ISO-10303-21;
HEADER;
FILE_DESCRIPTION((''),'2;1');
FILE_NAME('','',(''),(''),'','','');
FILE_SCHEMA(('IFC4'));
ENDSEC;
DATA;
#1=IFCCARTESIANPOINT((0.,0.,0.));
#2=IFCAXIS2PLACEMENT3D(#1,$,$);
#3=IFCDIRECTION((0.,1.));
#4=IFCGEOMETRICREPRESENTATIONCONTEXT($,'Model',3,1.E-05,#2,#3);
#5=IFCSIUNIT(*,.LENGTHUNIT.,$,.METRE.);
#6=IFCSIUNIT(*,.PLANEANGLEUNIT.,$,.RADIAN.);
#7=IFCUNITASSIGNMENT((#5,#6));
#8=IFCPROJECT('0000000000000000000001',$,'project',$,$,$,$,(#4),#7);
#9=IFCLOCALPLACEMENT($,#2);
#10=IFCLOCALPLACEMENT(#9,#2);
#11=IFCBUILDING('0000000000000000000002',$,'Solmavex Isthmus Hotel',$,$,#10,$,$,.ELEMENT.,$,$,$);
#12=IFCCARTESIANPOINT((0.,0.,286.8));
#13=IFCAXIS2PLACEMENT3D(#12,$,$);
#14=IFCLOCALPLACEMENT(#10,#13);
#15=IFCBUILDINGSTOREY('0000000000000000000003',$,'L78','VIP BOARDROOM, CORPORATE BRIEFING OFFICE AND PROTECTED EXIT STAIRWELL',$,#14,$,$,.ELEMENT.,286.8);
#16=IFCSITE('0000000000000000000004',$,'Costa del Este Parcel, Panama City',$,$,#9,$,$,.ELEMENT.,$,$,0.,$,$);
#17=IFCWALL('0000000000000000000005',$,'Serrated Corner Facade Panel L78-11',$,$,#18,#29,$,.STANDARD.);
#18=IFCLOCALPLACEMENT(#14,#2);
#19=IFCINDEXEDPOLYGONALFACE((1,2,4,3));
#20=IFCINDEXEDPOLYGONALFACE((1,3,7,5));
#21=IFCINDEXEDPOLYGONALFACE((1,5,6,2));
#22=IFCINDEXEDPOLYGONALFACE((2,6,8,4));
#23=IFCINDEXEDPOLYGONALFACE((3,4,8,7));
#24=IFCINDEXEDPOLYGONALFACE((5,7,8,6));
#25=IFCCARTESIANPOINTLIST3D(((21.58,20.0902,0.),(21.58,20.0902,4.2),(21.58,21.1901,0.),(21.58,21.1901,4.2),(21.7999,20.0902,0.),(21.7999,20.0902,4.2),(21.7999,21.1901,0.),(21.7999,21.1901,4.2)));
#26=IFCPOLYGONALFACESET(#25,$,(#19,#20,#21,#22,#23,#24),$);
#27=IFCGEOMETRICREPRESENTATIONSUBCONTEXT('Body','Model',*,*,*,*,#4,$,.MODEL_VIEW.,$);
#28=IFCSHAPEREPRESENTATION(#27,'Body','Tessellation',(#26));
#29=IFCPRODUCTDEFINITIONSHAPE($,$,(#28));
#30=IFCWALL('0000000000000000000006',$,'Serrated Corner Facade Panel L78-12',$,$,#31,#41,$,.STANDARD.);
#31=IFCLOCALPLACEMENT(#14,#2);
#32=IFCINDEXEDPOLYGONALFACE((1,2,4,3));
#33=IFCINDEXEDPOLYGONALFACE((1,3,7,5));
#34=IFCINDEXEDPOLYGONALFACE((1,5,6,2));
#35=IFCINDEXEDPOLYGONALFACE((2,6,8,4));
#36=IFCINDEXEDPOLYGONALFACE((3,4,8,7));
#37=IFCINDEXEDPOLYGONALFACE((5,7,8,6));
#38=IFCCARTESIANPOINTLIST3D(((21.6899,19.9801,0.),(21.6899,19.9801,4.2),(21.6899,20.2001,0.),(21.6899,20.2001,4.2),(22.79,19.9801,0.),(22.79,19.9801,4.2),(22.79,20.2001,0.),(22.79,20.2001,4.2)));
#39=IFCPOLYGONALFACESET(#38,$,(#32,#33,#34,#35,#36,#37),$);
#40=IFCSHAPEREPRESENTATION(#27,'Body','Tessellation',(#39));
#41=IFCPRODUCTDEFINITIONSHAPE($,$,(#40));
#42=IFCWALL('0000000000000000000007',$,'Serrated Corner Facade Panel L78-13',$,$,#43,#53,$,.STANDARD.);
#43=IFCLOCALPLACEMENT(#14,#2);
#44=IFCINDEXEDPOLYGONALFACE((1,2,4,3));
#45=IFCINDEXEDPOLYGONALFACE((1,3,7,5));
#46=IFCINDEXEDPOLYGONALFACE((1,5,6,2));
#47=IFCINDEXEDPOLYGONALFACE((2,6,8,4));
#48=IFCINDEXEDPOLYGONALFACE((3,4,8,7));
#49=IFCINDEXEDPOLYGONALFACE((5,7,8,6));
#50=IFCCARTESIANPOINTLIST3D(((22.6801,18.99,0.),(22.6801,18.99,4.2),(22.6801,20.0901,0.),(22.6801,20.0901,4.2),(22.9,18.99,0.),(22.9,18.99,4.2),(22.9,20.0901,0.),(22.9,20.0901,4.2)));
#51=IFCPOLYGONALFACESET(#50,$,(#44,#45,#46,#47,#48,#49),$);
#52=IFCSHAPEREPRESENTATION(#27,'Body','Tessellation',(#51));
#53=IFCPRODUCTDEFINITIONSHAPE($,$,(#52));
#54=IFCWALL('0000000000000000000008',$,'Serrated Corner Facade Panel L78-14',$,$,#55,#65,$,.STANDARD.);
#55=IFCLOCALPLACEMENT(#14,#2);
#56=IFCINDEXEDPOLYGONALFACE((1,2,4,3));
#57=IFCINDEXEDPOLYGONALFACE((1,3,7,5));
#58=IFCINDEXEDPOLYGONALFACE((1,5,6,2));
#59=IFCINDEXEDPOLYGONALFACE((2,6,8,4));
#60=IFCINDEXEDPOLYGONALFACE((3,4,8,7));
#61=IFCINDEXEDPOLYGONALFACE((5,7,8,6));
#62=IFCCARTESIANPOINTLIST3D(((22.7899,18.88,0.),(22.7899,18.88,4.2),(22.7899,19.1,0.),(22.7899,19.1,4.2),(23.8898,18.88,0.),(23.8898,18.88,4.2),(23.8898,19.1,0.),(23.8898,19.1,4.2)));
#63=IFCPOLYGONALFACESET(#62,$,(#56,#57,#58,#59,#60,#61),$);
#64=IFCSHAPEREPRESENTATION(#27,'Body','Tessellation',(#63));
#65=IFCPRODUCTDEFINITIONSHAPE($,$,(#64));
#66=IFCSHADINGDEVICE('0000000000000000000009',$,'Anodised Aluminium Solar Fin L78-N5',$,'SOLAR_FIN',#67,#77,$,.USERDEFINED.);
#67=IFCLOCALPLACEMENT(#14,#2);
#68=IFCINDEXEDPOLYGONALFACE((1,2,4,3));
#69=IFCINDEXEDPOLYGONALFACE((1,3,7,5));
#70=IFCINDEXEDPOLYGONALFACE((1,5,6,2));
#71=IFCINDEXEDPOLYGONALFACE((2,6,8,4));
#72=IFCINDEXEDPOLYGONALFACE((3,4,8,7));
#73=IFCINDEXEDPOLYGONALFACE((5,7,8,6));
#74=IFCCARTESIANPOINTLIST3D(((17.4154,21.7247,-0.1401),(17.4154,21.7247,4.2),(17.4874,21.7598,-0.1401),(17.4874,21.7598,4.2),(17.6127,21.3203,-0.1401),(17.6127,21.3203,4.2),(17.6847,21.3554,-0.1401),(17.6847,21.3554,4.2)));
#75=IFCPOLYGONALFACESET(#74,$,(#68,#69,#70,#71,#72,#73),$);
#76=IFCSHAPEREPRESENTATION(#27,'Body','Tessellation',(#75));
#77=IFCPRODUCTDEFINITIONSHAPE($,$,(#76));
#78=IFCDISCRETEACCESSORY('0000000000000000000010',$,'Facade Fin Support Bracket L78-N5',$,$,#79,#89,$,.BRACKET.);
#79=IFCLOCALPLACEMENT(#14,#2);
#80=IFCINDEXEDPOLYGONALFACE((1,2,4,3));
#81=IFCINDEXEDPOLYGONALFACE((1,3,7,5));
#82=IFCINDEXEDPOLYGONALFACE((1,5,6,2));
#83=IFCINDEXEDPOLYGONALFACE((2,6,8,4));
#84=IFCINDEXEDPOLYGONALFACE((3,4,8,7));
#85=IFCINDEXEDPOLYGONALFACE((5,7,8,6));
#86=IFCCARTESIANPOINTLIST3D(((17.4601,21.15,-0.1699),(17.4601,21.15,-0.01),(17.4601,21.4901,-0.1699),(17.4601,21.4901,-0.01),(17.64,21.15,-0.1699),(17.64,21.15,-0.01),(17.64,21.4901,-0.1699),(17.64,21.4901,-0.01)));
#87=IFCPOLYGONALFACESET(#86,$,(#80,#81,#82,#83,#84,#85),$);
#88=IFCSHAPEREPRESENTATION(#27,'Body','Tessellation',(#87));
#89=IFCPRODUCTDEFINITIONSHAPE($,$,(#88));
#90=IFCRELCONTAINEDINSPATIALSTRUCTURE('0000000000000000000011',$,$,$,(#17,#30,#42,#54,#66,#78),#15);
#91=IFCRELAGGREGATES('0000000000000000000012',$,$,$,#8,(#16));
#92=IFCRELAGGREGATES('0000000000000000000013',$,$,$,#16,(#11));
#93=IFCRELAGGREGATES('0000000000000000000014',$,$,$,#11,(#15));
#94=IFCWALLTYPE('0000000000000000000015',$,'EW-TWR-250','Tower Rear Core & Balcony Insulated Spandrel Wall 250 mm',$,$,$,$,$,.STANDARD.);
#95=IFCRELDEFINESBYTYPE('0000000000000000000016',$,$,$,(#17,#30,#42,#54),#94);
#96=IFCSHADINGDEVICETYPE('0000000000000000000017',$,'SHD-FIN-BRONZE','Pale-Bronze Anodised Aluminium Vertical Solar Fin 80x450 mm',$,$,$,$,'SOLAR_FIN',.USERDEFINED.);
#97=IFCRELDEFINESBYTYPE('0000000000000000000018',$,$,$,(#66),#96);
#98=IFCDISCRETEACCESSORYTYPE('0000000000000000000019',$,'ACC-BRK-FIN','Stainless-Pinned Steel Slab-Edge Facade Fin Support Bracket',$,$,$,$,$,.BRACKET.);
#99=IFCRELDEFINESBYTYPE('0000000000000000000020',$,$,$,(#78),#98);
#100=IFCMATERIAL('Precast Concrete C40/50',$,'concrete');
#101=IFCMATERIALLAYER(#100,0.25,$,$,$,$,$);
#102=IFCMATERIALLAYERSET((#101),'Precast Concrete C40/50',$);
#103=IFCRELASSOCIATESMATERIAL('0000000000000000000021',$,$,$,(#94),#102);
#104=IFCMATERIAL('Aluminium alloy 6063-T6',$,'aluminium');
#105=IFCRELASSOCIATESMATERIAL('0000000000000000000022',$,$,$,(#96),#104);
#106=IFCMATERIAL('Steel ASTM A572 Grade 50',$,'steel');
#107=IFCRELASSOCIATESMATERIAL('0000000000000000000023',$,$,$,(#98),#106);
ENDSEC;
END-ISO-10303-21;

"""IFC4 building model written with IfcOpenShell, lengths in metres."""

from ifc_helpers import new_model, si_unit, direction, frame, frame_2d, origin, origin_2d, place, context, subcontext, project, spatial, rectangle, extrude, material, layer, layer_set, type_object, element, save


model = new_model("IFC4")

# Units and contexts
model_context = context("Model", 3, precision=1e-05, world=origin(), true_north=direction((0.0, 1.0)))
body_context = subcontext(model_context, "Body", "Model", "MODEL_VIEW")
ifc_project = project(units=[si_unit("LENGTHUNIT", "METRE"), si_unit("PLANEANGLEUNIT", "RADIAN")], contexts=[model_context])

# Site, building, storey
site_placement = place(None, origin())
site = spatial("IfcSite", under=ifc_project, at=site_placement, Name="Costa del Este Parcel, Panama City", CompositionType="ELEMENT", RefElevation=0.0)
building_placement = place(site_placement, origin())
building = spatial("IfcBuilding", under=site, at=building_placement, Name="Solmavex Isthmus Hotel", CompositionType="ELEMENT")
storey_placement = place(building_placement, frame((0.0, 0.0, 286.8)))
storey = spatial("IfcBuildingStorey", under=building, at=storey_placement, Name="L78", Description="VIP BOARDROOM, CORPORATE BRIEFING OFFICE AND PROTECTED EXIT STAIRWELL", CompositionType="ELEMENT", Elevation=286.8)

# Shared definitions
ifc_material_1 = material(Name="Aluminium alloy 6063-T6", Category="aluminium")

# Walls
ifc_material_2 = material(Name="Precast Concrete C40/50", Category="concrete")
ifc_layer_1 = layer(ifc_material_2, 0.25)
ifc_layer_set_1 = layer_set([ifc_layer_1], Name="Precast Concrete C40/50")
wall_type = type_object("IfcWallType", Name="EW-TWR-250", Description="Tower Rear Core & Balcony Insulated Spandrel Wall 250 mm", PredefinedType="STANDARD", material=ifc_layer_set_1)
wall_1_placement = place(storey_placement, frame((21.6899, 21.1899, 0.0), z_axis=(0.0, 0.0, 1.0), x_axis=(0.0, -1.0, 0.0)))
element("IfcWall", 1, at=wall_1_placement, inside=storey, type_object=wall_type, Name="Serrated Corner Facade Panel L78-11", PredefinedType="STANDARD", context=body_context, shape_type="SweptSolid", body=[
    extrude(rectangle(XDim=1.0999, YDim=0.22, at=frame_2d((0.5498, 0.0))), origin(), (0.0, 0.0, 1.0), 4.2),
])
for number, where, z_axis, x_axis, name in (
    (2, (21.6899, 20.0901, 0.0), (0.0, 0.0, 1.0), (1.0, 0.0, 0.0), "Serrated Corner Facade Panel L78-12"),
    (3, (22.79, 20.0901, 0.0), (0.0, 0.0, 1.0), (0.0, -1.0, 0.0), "Serrated Corner Facade Panel L78-13"),
):
    element("IfcWall", number, at=place(storey_placement, frame(where, z_axis=z_axis, x_axis=x_axis)), inside=storey, type_object=wall_type, Name=name, PredefinedType="STANDARD", context=body_context, shape_type="SweptSolid", body=[
        extrude(rectangle(XDim=1.1001, YDim=0.22, at=frame_2d((0.55, 0.0))), origin(), (0.0, 0.0, 1.0), 4.2),
    ])
wall_2_placement = place(storey_placement, frame((22.79, 18.99, 0.0), z_axis=(0.0, 0.0, 1.0), x_axis=(1.0, 0.0, 0.0)))
element("IfcWall", 4, at=wall_2_placement, inside=storey, type_object=wall_type, Name="Serrated Corner Facade Panel L78-14", PredefinedType="STANDARD", context=body_context, shape_type="SweptSolid", body=[
    extrude(rectangle(XDim=1.0999, YDim=0.22, at=frame_2d((0.5498, 0.0))), origin(), (0.0, 0.0, 1.0), 4.2),
])

# Shading device
shading_device_type = type_object("IfcShadingDeviceType", Name="SHD-FIN-BRONZE", Description="Pale-Bronze Anodised Aluminium Vertical Solar Fin 80x450 mm", ElementType="SOLAR_FIN", PredefinedType="USERDEFINED", material=ifc_material_1)
shading_device_placement = place(storey_placement, frame((17.55, 21.54, -0.1401), z_axis=(0.0, 0.0, 1.0), x_axis=(-0.438371, 0.898794, 0.0)))
element("IfcShadingDevice", 5, at=shading_device_placement, inside=storey, type_object=shading_device_type, Name="Anodised Aluminium Solar Fin L78-N5", ObjectType="SOLAR_FIN", PredefinedType="USERDEFINED", context=body_context, shape_type="SweptSolid", body=[
    extrude(rectangle(XDim=0.45, YDim=0.0801, at=origin_2d()), origin(), (0.0, 0.0, 1.0), 4.3401),
])

# Discrete accessory
ifc_material_3 = material(Name="Steel ASTM A572 Grade 50", Category="steel")
discrete_accessory_type = type_object("IfcDiscreteAccessoryType", Name="ACC-BRK-FIN", Description="Stainless-Pinned Steel Slab-Edge Facade Fin Support Bracket", PredefinedType="BRACKET", material=ifc_material_3)
discrete_accessory_placement = place(storey_placement, frame((17.55, 21.3201, -0.1699), z_axis=(0.0, 0.0, 1.0), x_axis=(0.0, 1.0, 0.0)))
element("IfcDiscreteAccessory", 6, at=discrete_accessory_placement, inside=storey, type_object=discrete_accessory_type, Name="Facade Fin Support Bracket L78-N5", PredefinedType="BRACKET", context=body_context, shape_type="SweptSolid", body=[
    extrude(rectangle(XDim=0.3401, YDim=0.1799, at=origin_2d()), origin(), (0.0, 0.0, 1.0), 0.1599),
])

save(model, "model.ifc")
